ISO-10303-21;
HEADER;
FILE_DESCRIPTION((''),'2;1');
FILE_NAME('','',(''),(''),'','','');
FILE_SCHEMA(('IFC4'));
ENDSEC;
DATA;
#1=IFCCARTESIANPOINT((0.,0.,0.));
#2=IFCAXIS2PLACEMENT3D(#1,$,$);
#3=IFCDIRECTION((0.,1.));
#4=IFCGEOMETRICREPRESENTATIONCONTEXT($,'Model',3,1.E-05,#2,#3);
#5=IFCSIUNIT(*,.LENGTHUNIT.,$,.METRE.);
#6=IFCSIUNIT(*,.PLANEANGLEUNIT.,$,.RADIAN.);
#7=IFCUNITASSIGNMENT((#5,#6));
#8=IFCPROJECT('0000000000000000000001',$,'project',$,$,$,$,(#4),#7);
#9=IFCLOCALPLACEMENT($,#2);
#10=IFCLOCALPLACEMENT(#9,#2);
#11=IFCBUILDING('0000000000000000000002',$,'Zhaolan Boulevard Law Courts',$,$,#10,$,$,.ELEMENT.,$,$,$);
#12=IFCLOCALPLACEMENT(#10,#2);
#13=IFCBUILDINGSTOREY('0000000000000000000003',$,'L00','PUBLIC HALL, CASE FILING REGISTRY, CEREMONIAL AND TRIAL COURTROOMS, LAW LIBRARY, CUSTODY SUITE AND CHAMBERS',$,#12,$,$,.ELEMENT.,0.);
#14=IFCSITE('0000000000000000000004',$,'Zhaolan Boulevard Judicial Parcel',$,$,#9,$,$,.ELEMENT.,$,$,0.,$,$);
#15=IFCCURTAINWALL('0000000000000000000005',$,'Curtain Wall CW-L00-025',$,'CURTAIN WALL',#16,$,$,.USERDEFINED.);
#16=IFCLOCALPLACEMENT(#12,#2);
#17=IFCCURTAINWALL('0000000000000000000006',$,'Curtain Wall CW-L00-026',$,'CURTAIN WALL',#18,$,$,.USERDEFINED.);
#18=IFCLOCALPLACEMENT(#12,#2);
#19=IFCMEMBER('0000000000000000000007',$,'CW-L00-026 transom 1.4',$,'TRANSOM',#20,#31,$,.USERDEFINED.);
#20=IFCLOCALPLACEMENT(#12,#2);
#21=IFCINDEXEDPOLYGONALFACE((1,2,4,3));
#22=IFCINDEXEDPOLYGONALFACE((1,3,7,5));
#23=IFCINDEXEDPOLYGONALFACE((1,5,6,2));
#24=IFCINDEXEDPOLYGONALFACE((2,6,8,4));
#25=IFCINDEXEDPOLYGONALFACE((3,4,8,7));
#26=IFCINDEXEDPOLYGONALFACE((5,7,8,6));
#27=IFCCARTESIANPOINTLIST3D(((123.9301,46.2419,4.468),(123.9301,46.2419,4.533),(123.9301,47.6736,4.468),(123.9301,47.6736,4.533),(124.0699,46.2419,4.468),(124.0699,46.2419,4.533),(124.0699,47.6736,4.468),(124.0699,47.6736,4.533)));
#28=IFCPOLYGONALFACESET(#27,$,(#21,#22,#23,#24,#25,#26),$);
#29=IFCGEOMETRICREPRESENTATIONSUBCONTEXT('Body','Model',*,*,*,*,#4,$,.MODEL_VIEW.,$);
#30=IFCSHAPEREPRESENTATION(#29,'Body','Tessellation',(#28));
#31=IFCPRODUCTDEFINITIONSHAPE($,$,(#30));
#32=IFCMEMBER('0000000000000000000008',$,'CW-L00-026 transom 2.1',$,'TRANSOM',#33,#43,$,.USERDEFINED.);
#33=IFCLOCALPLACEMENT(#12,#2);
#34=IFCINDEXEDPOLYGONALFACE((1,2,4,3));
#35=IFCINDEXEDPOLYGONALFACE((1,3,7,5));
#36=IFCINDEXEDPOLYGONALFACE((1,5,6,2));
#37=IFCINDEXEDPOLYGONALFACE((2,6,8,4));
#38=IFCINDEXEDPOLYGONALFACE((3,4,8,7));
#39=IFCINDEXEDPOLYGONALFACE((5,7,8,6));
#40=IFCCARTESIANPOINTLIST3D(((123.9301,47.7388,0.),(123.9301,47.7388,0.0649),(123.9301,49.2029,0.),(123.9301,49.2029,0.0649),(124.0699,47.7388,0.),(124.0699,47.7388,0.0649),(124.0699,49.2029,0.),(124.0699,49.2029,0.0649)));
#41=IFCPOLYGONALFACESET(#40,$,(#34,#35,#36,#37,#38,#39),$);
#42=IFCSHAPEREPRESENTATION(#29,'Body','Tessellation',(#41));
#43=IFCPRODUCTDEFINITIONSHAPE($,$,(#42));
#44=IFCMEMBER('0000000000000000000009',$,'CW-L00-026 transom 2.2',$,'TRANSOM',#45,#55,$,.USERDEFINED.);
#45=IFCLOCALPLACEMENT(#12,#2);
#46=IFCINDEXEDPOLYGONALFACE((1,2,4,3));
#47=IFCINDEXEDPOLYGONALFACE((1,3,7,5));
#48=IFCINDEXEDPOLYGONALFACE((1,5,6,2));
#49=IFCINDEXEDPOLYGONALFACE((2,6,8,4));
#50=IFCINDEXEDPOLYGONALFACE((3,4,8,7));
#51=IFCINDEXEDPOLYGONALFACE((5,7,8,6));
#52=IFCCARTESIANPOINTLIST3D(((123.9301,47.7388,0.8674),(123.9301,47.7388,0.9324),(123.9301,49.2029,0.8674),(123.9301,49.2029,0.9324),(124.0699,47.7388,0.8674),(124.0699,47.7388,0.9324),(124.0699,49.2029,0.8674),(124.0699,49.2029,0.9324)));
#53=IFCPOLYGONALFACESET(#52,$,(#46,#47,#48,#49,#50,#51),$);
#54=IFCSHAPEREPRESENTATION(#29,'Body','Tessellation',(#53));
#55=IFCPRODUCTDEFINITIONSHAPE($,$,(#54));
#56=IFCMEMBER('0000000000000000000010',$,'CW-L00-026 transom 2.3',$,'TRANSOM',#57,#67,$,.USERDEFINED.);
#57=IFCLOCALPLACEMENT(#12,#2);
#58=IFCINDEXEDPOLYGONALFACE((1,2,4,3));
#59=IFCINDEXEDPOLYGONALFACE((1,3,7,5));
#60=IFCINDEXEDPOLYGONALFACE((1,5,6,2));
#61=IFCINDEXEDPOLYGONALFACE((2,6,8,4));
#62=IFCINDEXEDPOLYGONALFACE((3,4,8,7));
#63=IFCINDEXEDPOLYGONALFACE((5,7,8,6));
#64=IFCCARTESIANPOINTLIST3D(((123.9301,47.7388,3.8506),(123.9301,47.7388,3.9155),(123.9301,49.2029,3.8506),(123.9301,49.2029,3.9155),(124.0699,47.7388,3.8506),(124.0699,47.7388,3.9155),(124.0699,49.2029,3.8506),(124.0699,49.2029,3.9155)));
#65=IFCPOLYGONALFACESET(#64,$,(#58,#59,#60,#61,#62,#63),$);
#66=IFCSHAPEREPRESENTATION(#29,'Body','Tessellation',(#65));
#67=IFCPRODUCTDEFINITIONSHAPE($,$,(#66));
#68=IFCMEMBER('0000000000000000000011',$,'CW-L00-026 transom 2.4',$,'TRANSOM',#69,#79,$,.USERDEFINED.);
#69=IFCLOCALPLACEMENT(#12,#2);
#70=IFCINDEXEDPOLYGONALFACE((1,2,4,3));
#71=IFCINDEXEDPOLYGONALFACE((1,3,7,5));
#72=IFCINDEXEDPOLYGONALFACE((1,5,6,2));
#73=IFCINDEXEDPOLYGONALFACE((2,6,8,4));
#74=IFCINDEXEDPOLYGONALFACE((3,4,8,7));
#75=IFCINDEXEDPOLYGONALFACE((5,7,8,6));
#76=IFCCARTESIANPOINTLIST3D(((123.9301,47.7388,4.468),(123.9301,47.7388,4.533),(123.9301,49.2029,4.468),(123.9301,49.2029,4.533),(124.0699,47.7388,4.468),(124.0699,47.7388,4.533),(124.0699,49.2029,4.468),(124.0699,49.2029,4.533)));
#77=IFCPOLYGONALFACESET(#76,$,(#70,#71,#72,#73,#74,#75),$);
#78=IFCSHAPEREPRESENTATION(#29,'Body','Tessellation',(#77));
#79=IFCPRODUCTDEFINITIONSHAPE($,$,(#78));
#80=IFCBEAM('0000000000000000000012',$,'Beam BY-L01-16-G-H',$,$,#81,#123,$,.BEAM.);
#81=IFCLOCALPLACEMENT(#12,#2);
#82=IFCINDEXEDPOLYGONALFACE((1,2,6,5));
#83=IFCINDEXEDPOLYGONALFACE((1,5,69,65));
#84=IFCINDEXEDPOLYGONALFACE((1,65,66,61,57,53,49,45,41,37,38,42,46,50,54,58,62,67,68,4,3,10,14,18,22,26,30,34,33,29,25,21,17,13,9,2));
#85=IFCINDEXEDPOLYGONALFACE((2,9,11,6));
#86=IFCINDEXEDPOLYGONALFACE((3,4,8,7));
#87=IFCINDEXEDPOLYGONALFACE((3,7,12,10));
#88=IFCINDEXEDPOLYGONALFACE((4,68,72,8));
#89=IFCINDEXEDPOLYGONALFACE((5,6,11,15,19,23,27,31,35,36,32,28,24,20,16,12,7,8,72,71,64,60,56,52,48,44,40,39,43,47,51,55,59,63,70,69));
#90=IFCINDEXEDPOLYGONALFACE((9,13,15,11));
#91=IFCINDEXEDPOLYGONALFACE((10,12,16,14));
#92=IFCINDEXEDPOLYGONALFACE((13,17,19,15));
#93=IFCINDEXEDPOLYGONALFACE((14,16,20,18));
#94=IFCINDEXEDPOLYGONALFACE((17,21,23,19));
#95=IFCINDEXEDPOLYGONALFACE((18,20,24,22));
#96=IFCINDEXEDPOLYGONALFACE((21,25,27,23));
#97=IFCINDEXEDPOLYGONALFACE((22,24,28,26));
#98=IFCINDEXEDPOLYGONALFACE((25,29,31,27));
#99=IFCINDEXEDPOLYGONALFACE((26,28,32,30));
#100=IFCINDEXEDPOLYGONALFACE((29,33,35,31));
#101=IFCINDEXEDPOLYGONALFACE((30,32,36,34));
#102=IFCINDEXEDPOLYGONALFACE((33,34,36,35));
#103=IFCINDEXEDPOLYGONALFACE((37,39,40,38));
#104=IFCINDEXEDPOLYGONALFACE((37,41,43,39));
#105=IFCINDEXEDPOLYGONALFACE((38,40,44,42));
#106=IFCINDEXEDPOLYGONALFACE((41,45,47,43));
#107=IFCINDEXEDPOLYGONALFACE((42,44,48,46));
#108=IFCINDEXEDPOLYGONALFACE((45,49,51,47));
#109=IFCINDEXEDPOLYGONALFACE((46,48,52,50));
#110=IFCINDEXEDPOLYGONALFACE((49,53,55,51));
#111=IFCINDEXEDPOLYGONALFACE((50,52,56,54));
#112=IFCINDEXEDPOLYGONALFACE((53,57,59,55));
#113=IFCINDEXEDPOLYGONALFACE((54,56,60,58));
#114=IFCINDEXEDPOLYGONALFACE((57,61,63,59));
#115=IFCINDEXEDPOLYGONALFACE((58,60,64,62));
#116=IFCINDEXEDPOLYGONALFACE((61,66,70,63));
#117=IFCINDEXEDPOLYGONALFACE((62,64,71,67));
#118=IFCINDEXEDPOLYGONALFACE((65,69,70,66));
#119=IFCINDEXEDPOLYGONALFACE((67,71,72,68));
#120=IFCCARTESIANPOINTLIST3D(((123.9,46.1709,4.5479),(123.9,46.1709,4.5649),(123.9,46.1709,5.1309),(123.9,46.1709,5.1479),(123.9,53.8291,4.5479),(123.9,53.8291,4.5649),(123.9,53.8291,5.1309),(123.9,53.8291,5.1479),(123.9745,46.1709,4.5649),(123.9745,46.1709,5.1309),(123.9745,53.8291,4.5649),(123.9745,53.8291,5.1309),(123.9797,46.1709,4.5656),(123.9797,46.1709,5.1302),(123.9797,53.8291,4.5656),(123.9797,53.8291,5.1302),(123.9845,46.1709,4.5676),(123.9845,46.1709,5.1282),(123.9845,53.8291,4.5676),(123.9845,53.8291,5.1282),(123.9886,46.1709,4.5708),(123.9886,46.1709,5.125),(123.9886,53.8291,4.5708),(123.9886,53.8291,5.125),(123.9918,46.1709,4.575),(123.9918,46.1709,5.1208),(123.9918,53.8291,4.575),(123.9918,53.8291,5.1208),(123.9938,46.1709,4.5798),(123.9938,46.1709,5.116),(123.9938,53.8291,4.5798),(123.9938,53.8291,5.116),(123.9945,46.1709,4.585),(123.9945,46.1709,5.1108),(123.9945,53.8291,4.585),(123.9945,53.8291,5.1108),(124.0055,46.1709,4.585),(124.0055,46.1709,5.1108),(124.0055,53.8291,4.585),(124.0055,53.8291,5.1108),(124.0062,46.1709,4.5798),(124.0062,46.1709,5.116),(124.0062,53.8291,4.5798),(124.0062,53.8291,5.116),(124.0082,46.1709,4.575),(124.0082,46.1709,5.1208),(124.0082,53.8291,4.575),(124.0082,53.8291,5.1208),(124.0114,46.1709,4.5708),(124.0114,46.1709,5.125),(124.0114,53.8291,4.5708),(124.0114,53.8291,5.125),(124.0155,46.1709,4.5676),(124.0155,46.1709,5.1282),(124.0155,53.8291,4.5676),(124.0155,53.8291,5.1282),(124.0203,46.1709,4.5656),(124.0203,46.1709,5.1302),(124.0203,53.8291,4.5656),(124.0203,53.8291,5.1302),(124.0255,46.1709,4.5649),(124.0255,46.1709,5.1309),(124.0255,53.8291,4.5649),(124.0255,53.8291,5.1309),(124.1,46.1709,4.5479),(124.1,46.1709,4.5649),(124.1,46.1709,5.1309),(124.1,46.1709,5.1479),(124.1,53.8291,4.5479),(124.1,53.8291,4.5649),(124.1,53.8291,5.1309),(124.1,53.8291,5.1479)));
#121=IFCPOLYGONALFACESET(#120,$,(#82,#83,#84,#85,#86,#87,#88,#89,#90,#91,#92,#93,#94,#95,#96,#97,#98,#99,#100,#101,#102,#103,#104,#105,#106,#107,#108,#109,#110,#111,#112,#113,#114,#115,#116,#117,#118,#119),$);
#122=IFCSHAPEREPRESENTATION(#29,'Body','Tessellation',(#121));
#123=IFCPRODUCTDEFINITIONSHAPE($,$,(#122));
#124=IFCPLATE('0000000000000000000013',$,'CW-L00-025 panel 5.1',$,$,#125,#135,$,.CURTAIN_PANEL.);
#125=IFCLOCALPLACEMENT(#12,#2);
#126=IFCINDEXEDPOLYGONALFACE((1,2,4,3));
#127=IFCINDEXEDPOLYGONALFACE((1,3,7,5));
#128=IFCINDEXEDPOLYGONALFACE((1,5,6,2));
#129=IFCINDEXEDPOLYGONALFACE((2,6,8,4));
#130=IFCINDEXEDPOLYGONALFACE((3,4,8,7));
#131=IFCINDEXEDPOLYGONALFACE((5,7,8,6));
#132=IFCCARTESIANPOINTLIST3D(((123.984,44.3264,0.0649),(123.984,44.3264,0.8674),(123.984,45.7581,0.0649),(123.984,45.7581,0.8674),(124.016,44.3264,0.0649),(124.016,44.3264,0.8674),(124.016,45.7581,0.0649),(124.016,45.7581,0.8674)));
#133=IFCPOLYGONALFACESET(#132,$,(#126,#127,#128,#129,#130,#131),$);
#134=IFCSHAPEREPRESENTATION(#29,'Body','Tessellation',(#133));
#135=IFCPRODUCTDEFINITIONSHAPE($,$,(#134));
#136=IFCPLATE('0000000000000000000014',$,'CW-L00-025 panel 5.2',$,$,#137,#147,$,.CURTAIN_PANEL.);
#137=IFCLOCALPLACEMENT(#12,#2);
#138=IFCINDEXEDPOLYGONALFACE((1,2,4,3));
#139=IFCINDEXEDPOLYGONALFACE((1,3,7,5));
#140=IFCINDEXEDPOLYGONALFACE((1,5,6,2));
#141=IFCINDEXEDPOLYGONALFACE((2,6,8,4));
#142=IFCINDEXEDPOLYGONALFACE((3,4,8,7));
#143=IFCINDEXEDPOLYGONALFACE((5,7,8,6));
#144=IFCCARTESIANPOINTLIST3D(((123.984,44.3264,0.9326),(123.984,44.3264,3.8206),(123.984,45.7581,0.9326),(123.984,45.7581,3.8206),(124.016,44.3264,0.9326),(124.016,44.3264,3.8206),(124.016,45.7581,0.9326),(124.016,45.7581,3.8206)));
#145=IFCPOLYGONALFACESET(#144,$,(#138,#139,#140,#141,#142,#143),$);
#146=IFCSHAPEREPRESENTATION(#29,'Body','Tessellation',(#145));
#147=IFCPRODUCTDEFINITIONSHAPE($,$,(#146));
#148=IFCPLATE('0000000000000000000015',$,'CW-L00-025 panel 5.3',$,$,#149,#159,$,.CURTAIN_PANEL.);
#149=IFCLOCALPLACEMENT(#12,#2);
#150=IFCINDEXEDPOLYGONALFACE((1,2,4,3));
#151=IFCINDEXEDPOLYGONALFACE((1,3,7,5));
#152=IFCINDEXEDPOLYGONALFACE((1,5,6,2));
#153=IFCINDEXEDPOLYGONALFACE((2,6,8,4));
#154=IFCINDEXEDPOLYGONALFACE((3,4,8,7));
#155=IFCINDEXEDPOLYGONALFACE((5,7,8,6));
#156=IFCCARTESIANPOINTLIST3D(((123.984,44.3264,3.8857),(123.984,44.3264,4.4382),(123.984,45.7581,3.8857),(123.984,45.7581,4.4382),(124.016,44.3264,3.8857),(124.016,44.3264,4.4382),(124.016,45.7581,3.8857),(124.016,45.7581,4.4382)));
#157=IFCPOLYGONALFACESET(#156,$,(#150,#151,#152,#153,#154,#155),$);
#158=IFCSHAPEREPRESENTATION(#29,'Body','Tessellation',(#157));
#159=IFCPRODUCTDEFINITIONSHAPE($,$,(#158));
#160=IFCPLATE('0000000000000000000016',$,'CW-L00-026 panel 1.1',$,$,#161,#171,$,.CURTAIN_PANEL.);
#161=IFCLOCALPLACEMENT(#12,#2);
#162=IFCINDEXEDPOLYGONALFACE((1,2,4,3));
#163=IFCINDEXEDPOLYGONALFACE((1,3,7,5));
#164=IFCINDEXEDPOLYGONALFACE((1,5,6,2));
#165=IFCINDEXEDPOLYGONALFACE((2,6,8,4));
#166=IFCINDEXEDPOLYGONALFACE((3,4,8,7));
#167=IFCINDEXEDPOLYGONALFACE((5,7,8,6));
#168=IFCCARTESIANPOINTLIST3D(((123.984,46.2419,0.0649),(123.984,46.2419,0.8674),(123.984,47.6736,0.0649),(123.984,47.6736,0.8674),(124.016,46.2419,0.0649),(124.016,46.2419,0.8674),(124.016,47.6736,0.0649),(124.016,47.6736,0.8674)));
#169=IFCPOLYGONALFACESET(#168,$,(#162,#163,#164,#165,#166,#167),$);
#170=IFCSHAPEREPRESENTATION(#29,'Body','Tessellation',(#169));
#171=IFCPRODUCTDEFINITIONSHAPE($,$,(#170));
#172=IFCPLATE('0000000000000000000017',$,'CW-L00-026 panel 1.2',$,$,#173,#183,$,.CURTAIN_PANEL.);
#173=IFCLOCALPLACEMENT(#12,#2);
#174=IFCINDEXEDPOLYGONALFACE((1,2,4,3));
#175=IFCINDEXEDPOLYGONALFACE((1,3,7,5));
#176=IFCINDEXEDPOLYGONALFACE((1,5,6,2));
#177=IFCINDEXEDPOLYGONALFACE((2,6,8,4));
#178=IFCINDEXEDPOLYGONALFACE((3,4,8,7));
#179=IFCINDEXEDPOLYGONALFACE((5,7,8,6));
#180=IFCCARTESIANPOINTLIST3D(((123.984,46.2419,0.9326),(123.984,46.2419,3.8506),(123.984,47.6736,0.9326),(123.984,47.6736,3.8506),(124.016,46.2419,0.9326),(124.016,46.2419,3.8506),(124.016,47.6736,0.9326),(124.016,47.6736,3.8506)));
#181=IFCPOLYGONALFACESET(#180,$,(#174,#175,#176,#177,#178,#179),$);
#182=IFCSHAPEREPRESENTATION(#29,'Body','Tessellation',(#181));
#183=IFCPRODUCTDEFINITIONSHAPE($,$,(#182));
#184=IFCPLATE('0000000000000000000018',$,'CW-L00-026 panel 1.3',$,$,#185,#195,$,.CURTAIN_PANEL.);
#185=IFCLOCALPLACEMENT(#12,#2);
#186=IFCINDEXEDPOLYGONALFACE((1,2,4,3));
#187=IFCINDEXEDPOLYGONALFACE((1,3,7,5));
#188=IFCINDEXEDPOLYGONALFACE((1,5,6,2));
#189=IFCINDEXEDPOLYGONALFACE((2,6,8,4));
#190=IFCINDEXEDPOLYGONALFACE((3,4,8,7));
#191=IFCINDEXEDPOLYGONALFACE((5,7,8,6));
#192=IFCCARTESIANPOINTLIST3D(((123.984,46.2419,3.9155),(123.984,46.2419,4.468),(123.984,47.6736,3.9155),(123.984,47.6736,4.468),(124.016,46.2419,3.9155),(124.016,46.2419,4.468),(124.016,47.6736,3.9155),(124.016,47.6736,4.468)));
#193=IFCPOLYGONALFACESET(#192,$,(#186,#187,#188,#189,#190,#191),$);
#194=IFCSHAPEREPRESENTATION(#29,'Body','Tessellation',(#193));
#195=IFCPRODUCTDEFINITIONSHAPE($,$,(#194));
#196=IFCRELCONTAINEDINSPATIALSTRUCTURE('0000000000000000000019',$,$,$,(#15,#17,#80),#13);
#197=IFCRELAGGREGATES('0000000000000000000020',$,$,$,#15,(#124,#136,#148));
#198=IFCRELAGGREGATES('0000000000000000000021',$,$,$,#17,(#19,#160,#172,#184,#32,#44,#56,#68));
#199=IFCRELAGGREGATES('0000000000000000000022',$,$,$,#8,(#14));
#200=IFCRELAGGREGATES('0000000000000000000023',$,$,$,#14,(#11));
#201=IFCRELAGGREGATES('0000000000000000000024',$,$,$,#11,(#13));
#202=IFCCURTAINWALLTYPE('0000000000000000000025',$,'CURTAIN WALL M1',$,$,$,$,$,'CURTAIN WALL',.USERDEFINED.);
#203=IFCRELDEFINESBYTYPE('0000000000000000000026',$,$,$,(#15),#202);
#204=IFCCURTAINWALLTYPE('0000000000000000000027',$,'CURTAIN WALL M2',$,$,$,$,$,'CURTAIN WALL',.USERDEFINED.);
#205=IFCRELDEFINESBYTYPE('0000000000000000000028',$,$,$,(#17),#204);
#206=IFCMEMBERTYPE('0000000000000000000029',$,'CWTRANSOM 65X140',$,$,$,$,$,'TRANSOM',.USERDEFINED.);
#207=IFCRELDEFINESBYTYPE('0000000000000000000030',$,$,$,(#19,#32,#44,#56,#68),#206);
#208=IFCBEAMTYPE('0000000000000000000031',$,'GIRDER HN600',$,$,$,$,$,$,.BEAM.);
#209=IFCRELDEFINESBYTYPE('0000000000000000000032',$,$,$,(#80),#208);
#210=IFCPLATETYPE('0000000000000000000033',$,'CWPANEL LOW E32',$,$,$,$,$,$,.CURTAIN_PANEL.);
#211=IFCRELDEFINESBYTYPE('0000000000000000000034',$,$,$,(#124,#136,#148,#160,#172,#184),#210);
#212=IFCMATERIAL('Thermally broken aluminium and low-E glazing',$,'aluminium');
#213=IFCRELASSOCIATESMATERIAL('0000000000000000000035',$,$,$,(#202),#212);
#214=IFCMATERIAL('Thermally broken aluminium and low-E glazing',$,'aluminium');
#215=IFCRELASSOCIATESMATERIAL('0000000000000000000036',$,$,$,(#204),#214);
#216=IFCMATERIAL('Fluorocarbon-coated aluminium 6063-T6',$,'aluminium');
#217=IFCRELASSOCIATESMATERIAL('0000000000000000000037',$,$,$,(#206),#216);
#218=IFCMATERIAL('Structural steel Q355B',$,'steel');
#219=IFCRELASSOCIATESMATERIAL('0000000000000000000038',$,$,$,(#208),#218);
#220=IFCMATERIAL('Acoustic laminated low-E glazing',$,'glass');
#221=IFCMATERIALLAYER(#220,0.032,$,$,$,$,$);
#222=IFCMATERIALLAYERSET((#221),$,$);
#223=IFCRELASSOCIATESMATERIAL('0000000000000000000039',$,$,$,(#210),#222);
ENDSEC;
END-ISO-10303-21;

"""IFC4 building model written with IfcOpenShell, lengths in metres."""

from ifc_helpers import new_model, si_unit, direction, frame, origin, origin_2d, place, context, subcontext, project, spatial, rectangle, i_section, extrude, material, layer, layer_set, material_profile, profile_set, type_object, element, aggregate, save


model = new_model("IFC4")

# Units and contexts
model_context = context("Model", 3, precision=1e-05, world=origin(), true_north=direction((0.0, 1.0)))
body_context = subcontext(model_context, "Body", "Model", "MODEL_VIEW")
ifc_project = project(units=[si_unit("LENGTHUNIT", "METRE"), si_unit("PLANEANGLEUNIT", "RADIAN")], contexts=[model_context])

# Site, building, storey
site_placement = place(None, origin())
site = spatial("IfcSite", under=ifc_project, at=site_placement, Name="Zhaolan Boulevard Judicial Parcel", CompositionType="ELEMENT", RefElevation=0.0)
building_placement = place(site_placement, origin())
building = spatial("IfcBuilding", under=site, at=building_placement, Name="Zhaolan Boulevard Law Courts", CompositionType="ELEMENT")
storey_placement = place(building_placement, origin())
storey = spatial("IfcBuildingStorey", under=building, at=storey_placement, Name="L00", Description="PUBLIC HALL, CASE FILING REGISTRY, CEREMONIAL AND TRIAL COURTROOMS, LAW LIBRARY, CUSTODY SUITE AND CHAMBERS", CompositionType="ELEMENT", Elevation=0.0)

# Curtain walls
ifc_material_1 = material(Name="Thermally broken aluminium and low-E glazing", Category="aluminium")
curtain_wall_type_1 = type_object("IfcCurtainWallType", Name="CURTAIN WALL M1", ElementType="CURTAIN WALL", PredefinedType="USERDEFINED", material=ifc_material_1)
curtain_wall_1_placement = place(storey_placement, origin())
curtain_wall_1 = element("IfcCurtainWall", 1, at=curtain_wall_1_placement, inside=storey, type_object=curtain_wall_type_1, Name="Curtain Wall CW-L00-025", ObjectType="CURTAIN WALL", PredefinedType="USERDEFINED")
ifc_material_2 = material(Name="Thermally broken aluminium and low-E glazing", Category="aluminium")
curtain_wall_type_2 = type_object("IfcCurtainWallType", Name="CURTAIN WALL M2", ElementType="CURTAIN WALL", PredefinedType="USERDEFINED", material=ifc_material_2)
curtain_wall_2_placement = place(storey_placement, origin())
curtain_wall_2 = element("IfcCurtainWall", 2, at=curtain_wall_2_placement, inside=storey, type_object=curtain_wall_type_2, Name="Curtain Wall CW-L00-026", ObjectType="CURTAIN WALL", PredefinedType="USERDEFINED")

# Members
ifc_material_3 = material(Name="Fluorocarbon-coated aluminium 6063-T6", Category="aluminium")
ifc_material_profile_1 = material_profile(ifc_material_3, rectangle(XDim=0.1399, YDim=0.0649, at=origin_2d()), Name="AL65x140")
ifc_profile_set_1 = profile_set([ifc_material_profile_1], Name="Fluorocarbon-coated aluminium 6063-T6")
member_type_1 = type_object("IfcMemberType", Name="CWTRANSOM 65X140", ElementType="TRANSOM", PredefinedType="USERDEFINED", material=ifc_profile_set_1)
member_1_placement = place(storey_placement, frame((124.0, 46.2419, 4.5005), z_axis=(0.0, 1.0, 0.0), x_axis=(-1.0, 0.0, 0.0)))
member_1 = element("IfcMember", 3, at=member_1_placement, type_object=member_type_1, Name="CW-L00-026 transom 1.4", ObjectType="TRANSOM", PredefinedType="USERDEFINED", context=body_context, shape_type="SweptSolid", body=[
    extrude(rectangle(XDim=0.1399, YDim=0.0649, at=origin_2d()), origin(), (0.0, 0.0, 1.0), 1.4316),
])
member_2_placement = place(storey_placement, frame((124.0, 47.7388, 0.0325), z_axis=(0.0, 1.0, 0.0), x_axis=(-1.0, 0.0, 0.0)))
member_2 = element("IfcMember", 4, at=member_2_placement, type_object=member_type_1, Name="CW-L00-026 transom 2.1", ObjectType="TRANSOM", PredefinedType="USERDEFINED", context=body_context, shape_type="SweptSolid", body=[
    extrude(rectangle(XDim=0.1399, YDim=0.0649, at=origin_2d()), origin(), (0.0, 0.0, 1.0), 1.4641),
])
member_3_placement = place(storey_placement, frame((124.0, 47.7388, 0.8999), z_axis=(0.0, 1.0, 0.0), x_axis=(-1.0, 0.0, 0.0)))
member_3 = element("IfcMember", 5, at=member_3_placement, type_object=member_type_1, Name="CW-L00-026 transom 2.2", ObjectType="TRANSOM", PredefinedType="USERDEFINED", context=body_context, shape_type="SweptSolid", body=[
    extrude(rectangle(XDim=0.1399, YDim=0.0649, at=origin_2d()), origin(), (0.0, 0.0, 1.0), 1.4641),
])
member_4_placement = place(storey_placement, frame((124.0, 47.7388, 3.8831), z_axis=(0.0, 1.0, 0.0), x_axis=(-1.0, 0.0, 0.0)))
member_4 = element("IfcMember", 6, at=member_4_placement, type_object=member_type_1, Name="CW-L00-026 transom 2.3", ObjectType="TRANSOM", PredefinedType="USERDEFINED", context=body_context, shape_type="SweptSolid", body=[
    extrude(rectangle(XDim=0.1399, YDim=0.0649, at=origin_2d()), origin(), (0.0, 0.0, 1.0), 1.4641),
])
member_5_placement = place(storey_placement, frame((124.0, 47.7388, 4.5005), z_axis=(0.0, 1.0, 0.0), x_axis=(-1.0, 0.0, 0.0)))
member_5 = element("IfcMember", 7, at=member_5_placement, type_object=member_type_1, Name="CW-L00-026 transom 2.4", ObjectType="TRANSOM", PredefinedType="USERDEFINED", context=body_context, shape_type="SweptSolid", body=[
    extrude(rectangle(XDim=0.1399, YDim=0.0649, at=origin_2d()), origin(), (0.0, 0.0, 1.0), 1.4641),
])

# Beam
ifc_material_4 = material(Name="Structural steel Q355B", Category="steel")
ifc_material_profile_2 = material_profile(ifc_material_4, i_section(OverallWidth=0.2, OverallDepth=0.6001, WebThickness=0.011, FlangeThickness=0.0171, FilletRadius=0.02, at=origin_2d()), Name="HN600x200")
ifc_profile_set_2 = profile_set([ifc_material_profile_2], Name="Structural steel Q355B")
beam_type = type_object("IfcBeamType", Name="GIRDER HN600", PredefinedType="BEAM", material=ifc_profile_set_2)
beam_placement = place(storey_placement, frame((124.0, 46.1709, 4.8479), z_axis=(0.0, 1.0, 0.0), x_axis=(-1.0, 0.0, 0.0)))
element("IfcBeam", 8, at=beam_placement, inside=storey, type_object=beam_type, Name="Beam BY-L01-16-G-H", PredefinedType="BEAM", context=body_context, shape_type="SweptSolid", body=[
    extrude(i_section(OverallWidth=0.2, OverallDepth=0.6001, WebThickness=0.011, FlangeThickness=0.0171, FilletRadius=0.02, at=origin_2d()), origin(), (0.0, 0.0, 1.0), 7.6582),
])

# Plates
ifc_material_5 = material(Name="Acoustic laminated low-E glazing", Category="glass")
ifc_layer = layer(ifc_material_5, 0.032)
ifc_layer_set = layer_set([ifc_layer])
plate_type = type_object("IfcPlateType", Name="CWPANEL LOW E32", PredefinedType="CURTAIN_PANEL", material=ifc_layer_set)
plate_1_placement = place(storey_placement, frame((124.0, 45.0422, 0.0649), z_axis=(0.0, 0.0, 1.0), x_axis=(0.0, 1.0, 0.0)))
plate_1 = element("IfcPlate", 9, at=plate_1_placement, type_object=plate_type, Name="CW-L00-025 panel 5.1", PredefinedType="CURTAIN_PANEL", context=body_context, shape_type="SweptSolid", body=[
    extrude(rectangle(XDim=1.4316, YDim=0.032, at=origin_2d()), origin(), (0.0, 0.0, 1.0), 0.8025),
])
plate_2_placement = place(storey_placement, frame((124.0, 45.0422, 0.9326), z_axis=(0.0, 0.0, 1.0), x_axis=(0.0, 1.0, 0.0)))
plate_2 = element("IfcPlate", 10, at=plate_2_placement, type_object=plate_type, Name="CW-L00-025 panel 5.2", PredefinedType="CURTAIN_PANEL", context=body_context, shape_type="SweptSolid", body=[
    extrude(rectangle(XDim=1.4316, YDim=0.032, at=origin_2d()), origin(), (0.0, 0.0, 1.0), 2.8879),
])
plate_3_placement = place(storey_placement, frame((124.0, 45.0422, 3.8857), z_axis=(0.0, 0.0, 1.0), x_axis=(0.0, 1.0, 0.0)))
plate_3 = element("IfcPlate", 11, at=plate_3_placement, type_object=plate_type, Name="CW-L00-025 panel 5.3", PredefinedType="CURTAIN_PANEL", context=body_context, shape_type="SweptSolid", body=[
    extrude(rectangle(XDim=1.4316, YDim=0.032, at=origin_2d()), origin(), (0.0, 0.0, 1.0), 0.5525),
])
aggregate(curtain_wall_1, [plate_1, plate_2, plate_3])
plate_4_placement = place(storey_placement, frame((124.0, 46.9578, 0.0649), z_axis=(0.0, 0.0, 1.0), x_axis=(0.0, 1.0, 0.0)))
plate_4 = element("IfcPlate", 12, at=plate_4_placement, type_object=plate_type, Name="CW-L00-026 panel 1.1", PredefinedType="CURTAIN_PANEL", context=body_context, shape_type="SweptSolid", body=[
    extrude(rectangle(XDim=1.4316, YDim=0.032, at=origin_2d()), origin(), (0.0, 0.0, 1.0), 0.8025),
])
plate_5_placement = place(storey_placement, frame((124.0, 46.9578, 0.9326), z_axis=(0.0, 0.0, 1.0), x_axis=(0.0, 1.0, 0.0)))
plate_5 = element("IfcPlate", 13, at=plate_5_placement, type_object=plate_type, Name="CW-L00-026 panel 1.2", PredefinedType="CURTAIN_PANEL", context=body_context, shape_type="SweptSolid", body=[
    extrude(rectangle(XDim=1.4316, YDim=0.032, at=origin_2d()), origin(), (0.0, 0.0, 1.0), 2.918),
])
plate_6_placement = place(storey_placement, frame((124.0, 46.9578, 3.9155), z_axis=(0.0, 0.0, 1.0), x_axis=(0.0, 1.0, 0.0)))
plate_6 = element("IfcPlate", 14, at=plate_6_placement, type_object=plate_type, Name="CW-L00-026 panel 1.3", PredefinedType="CURTAIN_PANEL", context=body_context, shape_type="SweptSolid", body=[
    extrude(rectangle(XDim=1.4316, YDim=0.032, at=origin_2d()), origin(), (0.0, 0.0, 1.0), 0.5525),
])
aggregate(curtain_wall_2, [member_1, plate_4, plate_5, plate_6, member_2, member_3, member_4, member_5])

save(model, "model.ifc")
